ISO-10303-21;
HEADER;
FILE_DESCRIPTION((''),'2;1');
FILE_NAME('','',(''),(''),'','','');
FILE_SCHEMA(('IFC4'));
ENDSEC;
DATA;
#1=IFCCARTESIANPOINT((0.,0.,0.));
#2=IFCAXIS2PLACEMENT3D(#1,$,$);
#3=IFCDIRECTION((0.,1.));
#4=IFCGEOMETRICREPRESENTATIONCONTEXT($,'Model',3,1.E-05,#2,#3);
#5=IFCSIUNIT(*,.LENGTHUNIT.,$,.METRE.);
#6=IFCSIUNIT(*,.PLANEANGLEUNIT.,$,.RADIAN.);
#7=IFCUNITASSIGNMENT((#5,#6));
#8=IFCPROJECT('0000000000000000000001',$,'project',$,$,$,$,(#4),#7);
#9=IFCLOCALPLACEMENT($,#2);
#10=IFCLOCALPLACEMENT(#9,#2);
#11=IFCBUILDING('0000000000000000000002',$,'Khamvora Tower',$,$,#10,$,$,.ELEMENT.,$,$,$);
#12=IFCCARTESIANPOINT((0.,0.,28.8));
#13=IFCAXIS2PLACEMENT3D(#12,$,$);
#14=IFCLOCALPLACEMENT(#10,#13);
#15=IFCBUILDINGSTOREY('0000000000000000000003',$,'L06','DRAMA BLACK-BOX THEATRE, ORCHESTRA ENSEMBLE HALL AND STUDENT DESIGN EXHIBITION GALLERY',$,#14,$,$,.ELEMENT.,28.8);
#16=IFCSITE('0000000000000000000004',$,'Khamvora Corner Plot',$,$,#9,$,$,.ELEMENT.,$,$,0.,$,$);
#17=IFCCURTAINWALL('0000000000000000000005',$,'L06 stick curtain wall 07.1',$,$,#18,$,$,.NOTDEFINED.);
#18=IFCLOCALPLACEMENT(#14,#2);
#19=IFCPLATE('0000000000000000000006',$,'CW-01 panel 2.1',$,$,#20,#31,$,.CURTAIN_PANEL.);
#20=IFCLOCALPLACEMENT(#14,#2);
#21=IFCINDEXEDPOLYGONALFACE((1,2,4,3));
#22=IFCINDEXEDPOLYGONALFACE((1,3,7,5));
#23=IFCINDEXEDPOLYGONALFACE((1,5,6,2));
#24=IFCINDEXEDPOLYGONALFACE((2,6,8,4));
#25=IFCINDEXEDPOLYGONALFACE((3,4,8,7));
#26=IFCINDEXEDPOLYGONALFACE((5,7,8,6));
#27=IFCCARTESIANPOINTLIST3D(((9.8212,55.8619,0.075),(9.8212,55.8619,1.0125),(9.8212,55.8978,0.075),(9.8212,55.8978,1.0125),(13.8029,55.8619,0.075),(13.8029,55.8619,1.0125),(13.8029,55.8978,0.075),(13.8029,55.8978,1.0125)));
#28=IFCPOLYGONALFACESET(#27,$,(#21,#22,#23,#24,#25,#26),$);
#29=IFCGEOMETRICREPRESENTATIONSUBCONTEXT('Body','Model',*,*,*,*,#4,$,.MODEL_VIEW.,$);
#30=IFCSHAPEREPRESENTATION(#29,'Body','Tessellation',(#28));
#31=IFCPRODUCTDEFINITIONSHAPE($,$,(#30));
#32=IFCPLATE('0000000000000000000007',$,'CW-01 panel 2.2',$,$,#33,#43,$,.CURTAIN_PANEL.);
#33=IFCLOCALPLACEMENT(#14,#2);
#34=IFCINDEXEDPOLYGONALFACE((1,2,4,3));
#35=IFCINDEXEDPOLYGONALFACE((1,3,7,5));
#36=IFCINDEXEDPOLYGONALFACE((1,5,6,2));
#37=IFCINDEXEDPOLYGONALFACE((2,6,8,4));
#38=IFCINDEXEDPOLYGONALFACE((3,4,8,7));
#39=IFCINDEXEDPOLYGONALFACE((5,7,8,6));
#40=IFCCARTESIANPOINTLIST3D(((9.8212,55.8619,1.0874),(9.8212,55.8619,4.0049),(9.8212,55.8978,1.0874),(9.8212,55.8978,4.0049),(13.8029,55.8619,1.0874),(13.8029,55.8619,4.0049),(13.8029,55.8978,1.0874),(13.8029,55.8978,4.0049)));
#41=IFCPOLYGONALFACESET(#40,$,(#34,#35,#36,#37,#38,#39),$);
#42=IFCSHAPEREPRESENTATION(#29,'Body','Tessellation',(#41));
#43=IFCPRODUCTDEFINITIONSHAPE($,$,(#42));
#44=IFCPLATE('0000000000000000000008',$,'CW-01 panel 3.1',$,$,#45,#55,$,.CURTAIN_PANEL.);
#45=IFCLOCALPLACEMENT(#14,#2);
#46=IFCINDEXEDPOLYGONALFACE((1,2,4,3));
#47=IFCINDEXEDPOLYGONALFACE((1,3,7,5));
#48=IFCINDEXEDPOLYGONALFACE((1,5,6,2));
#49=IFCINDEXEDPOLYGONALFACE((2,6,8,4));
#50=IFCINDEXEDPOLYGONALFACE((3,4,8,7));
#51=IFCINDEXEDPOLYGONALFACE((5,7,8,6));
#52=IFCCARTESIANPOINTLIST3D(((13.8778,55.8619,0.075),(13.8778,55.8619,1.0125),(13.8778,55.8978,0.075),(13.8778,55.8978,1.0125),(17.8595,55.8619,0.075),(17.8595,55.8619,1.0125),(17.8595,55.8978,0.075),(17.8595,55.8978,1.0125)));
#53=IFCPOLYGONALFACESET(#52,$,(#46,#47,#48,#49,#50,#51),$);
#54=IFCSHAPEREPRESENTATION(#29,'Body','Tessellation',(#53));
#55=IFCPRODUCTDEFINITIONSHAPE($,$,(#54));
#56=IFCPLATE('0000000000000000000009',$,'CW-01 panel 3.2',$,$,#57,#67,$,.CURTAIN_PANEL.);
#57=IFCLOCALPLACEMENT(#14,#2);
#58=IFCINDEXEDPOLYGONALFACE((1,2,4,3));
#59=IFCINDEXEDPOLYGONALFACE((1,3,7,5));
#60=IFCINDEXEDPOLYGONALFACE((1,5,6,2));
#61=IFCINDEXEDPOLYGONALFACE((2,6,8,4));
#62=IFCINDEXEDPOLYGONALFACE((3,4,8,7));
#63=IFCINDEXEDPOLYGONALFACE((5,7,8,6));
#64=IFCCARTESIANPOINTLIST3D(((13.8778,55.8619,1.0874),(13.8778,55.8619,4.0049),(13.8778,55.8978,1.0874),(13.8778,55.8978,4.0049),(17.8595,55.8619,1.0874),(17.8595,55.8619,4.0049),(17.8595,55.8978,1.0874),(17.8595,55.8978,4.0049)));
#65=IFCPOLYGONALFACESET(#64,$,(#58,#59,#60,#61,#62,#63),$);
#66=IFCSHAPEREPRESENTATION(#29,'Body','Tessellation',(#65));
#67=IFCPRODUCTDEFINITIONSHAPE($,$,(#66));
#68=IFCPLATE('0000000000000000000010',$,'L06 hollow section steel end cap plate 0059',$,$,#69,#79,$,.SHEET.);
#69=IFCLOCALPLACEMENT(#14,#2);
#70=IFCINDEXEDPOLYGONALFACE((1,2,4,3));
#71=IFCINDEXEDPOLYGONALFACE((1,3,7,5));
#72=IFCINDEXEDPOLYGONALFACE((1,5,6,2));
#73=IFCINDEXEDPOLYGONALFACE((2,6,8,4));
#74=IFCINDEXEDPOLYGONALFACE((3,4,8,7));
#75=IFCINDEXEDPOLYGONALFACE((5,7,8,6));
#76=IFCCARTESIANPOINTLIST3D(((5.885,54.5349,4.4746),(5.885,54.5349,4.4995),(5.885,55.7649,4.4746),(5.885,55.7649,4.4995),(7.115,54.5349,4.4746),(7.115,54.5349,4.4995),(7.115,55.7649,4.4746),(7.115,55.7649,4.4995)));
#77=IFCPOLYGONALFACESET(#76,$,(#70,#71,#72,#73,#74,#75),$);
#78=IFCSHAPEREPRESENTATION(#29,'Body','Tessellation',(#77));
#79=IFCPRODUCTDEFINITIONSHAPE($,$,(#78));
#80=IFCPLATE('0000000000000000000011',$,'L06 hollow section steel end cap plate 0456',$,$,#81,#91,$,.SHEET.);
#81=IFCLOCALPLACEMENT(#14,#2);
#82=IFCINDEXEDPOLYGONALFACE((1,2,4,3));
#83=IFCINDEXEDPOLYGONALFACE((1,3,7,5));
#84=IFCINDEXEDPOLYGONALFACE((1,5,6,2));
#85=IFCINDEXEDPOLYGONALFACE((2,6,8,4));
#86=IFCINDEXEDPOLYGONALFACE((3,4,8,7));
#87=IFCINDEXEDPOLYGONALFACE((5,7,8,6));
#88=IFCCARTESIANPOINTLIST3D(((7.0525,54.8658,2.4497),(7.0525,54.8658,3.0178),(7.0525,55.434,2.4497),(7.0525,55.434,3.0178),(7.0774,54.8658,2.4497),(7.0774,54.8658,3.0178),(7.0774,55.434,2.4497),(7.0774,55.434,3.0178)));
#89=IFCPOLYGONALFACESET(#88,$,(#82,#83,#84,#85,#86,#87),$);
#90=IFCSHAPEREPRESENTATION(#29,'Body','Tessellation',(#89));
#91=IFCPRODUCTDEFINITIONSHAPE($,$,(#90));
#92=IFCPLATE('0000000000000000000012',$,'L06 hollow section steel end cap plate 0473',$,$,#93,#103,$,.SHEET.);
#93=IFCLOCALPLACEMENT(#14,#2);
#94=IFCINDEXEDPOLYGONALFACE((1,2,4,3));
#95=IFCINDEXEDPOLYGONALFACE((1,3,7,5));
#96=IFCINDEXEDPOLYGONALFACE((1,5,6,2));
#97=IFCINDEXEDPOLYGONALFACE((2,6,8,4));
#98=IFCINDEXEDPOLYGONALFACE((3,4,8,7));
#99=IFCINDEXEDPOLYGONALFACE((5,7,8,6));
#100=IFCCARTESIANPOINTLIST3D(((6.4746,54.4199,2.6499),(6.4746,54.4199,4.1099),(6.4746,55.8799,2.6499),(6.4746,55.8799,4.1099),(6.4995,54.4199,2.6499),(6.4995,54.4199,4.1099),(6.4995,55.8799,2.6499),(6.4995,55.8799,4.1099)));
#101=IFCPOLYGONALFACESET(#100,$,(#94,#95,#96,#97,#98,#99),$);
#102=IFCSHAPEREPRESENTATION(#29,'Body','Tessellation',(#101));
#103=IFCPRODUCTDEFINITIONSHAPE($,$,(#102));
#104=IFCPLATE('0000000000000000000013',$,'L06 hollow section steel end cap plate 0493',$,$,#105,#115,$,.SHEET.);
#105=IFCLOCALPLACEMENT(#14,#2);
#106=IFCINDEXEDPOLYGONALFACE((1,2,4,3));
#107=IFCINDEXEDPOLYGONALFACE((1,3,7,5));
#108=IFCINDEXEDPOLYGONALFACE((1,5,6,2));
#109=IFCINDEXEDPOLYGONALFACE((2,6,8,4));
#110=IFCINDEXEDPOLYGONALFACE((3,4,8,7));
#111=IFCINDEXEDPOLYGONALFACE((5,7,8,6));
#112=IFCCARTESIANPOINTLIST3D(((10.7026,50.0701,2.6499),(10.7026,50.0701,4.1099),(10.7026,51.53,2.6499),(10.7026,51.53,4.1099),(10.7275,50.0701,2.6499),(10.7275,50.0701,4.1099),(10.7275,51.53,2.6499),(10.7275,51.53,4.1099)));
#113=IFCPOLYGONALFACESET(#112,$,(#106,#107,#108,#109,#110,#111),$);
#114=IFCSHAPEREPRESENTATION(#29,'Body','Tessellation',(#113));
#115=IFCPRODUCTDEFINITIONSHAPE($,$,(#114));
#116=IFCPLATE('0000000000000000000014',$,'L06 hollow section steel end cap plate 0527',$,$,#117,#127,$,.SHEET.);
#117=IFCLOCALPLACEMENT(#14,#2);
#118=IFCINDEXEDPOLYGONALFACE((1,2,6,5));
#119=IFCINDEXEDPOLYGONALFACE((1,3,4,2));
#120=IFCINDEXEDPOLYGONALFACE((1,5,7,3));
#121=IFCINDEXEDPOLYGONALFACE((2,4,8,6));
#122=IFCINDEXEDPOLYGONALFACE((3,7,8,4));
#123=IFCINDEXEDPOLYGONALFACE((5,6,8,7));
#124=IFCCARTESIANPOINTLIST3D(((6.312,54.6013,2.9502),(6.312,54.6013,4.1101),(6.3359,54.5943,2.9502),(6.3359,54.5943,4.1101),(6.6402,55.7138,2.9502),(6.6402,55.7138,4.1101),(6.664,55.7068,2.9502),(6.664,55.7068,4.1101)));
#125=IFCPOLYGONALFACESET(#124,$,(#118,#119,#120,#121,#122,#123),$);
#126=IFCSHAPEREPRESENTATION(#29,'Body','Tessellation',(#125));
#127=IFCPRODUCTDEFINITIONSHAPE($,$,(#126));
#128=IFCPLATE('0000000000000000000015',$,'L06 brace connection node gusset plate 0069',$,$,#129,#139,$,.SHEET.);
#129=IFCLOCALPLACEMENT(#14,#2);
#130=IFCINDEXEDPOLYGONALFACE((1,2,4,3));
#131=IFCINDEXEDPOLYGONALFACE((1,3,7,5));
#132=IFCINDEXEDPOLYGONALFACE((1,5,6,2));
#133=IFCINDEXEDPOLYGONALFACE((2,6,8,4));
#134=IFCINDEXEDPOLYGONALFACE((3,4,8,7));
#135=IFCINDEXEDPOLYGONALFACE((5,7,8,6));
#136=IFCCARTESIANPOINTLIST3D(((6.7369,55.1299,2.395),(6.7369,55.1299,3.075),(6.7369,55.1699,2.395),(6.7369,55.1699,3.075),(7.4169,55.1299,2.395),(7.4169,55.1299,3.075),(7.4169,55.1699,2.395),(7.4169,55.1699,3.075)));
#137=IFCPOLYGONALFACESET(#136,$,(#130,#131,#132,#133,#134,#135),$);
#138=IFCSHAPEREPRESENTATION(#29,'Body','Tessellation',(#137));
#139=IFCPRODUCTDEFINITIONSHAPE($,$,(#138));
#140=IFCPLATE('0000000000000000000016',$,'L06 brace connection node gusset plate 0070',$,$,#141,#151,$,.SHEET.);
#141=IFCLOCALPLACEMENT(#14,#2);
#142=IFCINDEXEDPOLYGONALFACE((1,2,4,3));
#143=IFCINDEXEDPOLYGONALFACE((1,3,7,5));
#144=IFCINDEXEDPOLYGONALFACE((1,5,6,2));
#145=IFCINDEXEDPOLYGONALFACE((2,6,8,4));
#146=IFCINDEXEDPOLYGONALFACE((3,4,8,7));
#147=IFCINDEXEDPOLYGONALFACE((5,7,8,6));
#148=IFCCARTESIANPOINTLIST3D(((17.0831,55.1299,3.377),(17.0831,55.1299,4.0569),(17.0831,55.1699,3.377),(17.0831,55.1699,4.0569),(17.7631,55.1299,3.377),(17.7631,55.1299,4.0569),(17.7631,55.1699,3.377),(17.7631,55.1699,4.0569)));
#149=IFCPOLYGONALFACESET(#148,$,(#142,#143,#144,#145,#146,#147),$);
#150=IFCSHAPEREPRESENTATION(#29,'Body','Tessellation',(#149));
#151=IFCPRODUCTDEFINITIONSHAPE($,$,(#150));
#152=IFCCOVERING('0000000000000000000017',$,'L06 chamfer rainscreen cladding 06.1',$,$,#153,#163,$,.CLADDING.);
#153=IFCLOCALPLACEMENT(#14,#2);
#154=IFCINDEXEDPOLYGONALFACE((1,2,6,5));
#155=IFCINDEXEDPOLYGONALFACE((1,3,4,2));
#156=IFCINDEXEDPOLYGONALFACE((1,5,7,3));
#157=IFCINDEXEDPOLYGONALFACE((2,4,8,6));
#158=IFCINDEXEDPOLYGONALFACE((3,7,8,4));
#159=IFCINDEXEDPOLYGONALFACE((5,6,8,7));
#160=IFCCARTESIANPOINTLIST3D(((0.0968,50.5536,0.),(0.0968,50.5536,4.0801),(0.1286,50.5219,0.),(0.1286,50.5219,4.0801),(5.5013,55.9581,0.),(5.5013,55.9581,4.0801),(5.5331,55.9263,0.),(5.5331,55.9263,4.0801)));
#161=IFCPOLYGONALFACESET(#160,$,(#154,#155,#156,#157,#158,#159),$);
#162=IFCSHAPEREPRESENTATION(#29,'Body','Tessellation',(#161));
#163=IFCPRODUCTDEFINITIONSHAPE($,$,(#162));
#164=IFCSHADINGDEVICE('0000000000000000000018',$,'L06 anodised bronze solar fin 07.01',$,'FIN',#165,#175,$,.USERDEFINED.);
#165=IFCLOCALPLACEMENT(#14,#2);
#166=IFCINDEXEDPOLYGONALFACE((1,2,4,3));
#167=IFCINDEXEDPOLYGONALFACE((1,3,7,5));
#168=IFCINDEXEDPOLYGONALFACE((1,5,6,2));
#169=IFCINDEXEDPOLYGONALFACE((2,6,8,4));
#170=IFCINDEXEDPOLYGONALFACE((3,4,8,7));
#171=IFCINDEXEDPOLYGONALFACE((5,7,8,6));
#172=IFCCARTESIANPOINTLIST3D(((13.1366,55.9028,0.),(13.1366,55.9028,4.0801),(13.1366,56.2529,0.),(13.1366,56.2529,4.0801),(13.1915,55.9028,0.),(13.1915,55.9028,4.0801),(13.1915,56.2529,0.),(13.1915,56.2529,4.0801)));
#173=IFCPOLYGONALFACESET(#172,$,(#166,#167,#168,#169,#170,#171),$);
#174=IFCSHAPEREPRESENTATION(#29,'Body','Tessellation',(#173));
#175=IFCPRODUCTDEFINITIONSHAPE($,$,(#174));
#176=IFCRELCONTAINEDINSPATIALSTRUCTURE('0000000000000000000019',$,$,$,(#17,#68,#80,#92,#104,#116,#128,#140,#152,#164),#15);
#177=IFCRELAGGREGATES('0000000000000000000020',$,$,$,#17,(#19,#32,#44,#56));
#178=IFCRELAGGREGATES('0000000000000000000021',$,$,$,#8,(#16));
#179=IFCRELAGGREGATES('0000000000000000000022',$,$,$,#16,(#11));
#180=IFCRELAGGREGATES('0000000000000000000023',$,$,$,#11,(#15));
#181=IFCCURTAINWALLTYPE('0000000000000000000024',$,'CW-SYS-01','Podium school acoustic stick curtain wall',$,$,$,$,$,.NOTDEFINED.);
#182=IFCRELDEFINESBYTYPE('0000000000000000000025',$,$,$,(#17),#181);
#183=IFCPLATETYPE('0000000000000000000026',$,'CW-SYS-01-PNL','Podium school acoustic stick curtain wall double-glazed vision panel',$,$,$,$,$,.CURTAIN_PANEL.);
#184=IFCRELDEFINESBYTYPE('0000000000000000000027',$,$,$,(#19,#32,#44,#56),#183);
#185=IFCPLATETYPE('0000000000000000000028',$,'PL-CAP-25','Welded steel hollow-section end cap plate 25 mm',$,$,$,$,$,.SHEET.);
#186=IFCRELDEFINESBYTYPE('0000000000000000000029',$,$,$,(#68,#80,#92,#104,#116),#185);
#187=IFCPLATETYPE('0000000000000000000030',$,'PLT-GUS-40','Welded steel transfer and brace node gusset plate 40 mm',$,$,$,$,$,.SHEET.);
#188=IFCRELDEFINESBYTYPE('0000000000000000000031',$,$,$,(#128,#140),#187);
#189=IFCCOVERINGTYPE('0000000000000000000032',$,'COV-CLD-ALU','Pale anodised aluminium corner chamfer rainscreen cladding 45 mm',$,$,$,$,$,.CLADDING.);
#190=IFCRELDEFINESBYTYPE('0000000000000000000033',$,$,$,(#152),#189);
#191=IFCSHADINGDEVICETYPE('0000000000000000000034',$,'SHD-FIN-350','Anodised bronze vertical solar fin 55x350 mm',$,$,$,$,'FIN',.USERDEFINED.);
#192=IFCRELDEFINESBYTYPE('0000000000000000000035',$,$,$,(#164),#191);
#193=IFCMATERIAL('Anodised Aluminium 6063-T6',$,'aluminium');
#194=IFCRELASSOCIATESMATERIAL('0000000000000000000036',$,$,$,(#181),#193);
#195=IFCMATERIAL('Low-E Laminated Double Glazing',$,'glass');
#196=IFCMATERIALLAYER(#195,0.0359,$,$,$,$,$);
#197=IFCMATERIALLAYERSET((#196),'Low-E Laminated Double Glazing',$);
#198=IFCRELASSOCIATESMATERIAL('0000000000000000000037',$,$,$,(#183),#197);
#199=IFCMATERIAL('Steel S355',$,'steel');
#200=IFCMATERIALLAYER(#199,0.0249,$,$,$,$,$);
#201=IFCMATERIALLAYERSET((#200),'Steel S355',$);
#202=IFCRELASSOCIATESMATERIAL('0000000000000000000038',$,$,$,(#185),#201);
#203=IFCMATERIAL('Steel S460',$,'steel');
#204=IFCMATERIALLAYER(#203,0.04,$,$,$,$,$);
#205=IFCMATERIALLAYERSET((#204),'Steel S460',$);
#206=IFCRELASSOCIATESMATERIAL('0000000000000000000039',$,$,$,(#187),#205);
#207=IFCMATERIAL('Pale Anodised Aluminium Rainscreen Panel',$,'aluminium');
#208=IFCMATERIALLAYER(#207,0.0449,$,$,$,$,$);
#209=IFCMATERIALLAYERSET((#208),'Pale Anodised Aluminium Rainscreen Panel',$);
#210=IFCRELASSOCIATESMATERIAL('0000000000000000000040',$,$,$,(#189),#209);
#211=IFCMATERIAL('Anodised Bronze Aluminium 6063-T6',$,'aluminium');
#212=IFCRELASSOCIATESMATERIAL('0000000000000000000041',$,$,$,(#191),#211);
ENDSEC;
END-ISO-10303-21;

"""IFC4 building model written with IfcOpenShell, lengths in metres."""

from ifc_helpers import new_model, si_unit, direction, frame, origin, origin_2d, place, context, subcontext, project, spatial, rectangle, extrude, material, layer, layer_set, type_object, element, aggregate, save


model = new_model("IFC4")

# Units and contexts
model_context = context("Model", 3, precision=1e-05, world=origin(), true_north=direction((0.0, 1.0)))
body_context = subcontext(model_context, "Body", "Model", "MODEL_VIEW")
ifc_project = project(units=[si_unit("LENGTHUNIT", "METRE"), si_unit("PLANEANGLEUNIT", "RADIAN")], contexts=[model_context])

# Site, building, storey
site_placement = place(None, origin())
site = spatial("IfcSite", under=ifc_project, at=site_placement, Name="Khamvora Corner Plot", CompositionType="ELEMENT", RefElevation=0.0)
building_placement = place(site_placement, origin())
building = spatial("IfcBuilding", under=site, at=building_placement, Name="Khamvora Tower", CompositionType="ELEMENT")
storey_placement = place(building_placement, frame((0.0, 0.0, 28.8)))
storey = spatial("IfcBuildingStorey", under=building, at=storey_placement, Name="L06", Description="DRAMA BLACK-BOX THEATRE, ORCHESTRA ENSEMBLE HALL AND STUDENT DESIGN EXHIBITION GALLERY", CompositionType="ELEMENT", Elevation=28.8)

# Shared definitions
ifc_material_1 = material(Name="Steel S460", Category="steel")

# Curtain wall
ifc_material_2 = material(Name="Anodised Aluminium 6063-T6", Category="aluminium")
curtain_wall_type = type_object("IfcCurtainWallType", Name="CW-SYS-01", Description="Podium school acoustic stick curtain wall", PredefinedType="NOTDEFINED", material=ifc_material_2)
curtain_wall_placement = place(storey_placement, origin())
curtain_wall = element("IfcCurtainWall", 1, at=curtain_wall_placement, inside=storey, type_object=curtain_wall_type, Name="L06 stick curtain wall 07.1", PredefinedType="NOTDEFINED")

# Plates
ifc_material_3 = material(Name="Low-E Laminated Double Glazing", Category="glass")
ifc_layer_1 = layer(ifc_material_3, 0.0359)
ifc_layer_set_1 = layer_set([ifc_layer_1], Name="Low-E Laminated Double Glazing")
plate_type_1 = type_object("IfcPlateType", Name="CW-SYS-01-PNL", Description="Podium school acoustic stick curtain wall double-glazed vision panel", PredefinedType="CURTAIN_PANEL", material=ifc_layer_set_1)
plate_1_placement = place(storey_placement, frame((11.812, 55.8799, 0.075), z_axis=(0.0, 0.0, 1.0), x_axis=(1.0, 0.0, 0.0)))
plate_1 = element("IfcPlate", 2, at=plate_1_placement, type_object=plate_type_1, Name="CW-01 panel 2.1", PredefinedType="CURTAIN_PANEL", context=body_context, shape_type="SweptSolid", body=[
    extrude(rectangle(XDim=3.9817, YDim=0.0359, at=origin_2d()), origin(), (0.0, 0.0, 1.0), 0.9375),
])
plate_2_placement = place(storey_placement, frame((11.812, 55.8799, 1.0874), z_axis=(0.0, 0.0, 1.0), x_axis=(1.0, 0.0, 0.0)))
plate_2 = element("IfcPlate", 3, at=plate_2_placement, type_object=plate_type_1, Name="CW-01 panel 2.2", PredefinedType="CURTAIN_PANEL", context=body_context, shape_type="SweptSolid", body=[
    extrude(rectangle(XDim=3.9817, YDim=0.0359, at=origin_2d()), origin(), (0.0, 0.0, 1.0), 2.9175),
])
plate_3_placement = place(storey_placement, frame((15.8687, 55.8799, 0.075), z_axis=(0.0, 0.0, 1.0), x_axis=(1.0, 0.0, 0.0)))
plate_3 = element("IfcPlate", 4, at=plate_3_placement, type_object=plate_type_1, Name="CW-01 panel 3.1", PredefinedType="CURTAIN_PANEL", context=body_context, shape_type="SweptSolid", body=[
    extrude(rectangle(XDim=3.9817, YDim=0.0359, at=origin_2d()), origin(), (0.0, 0.0, 1.0), 0.9375),
])
plate_4_placement = place(storey_placement, frame((15.8687, 55.8799, 1.0874), z_axis=(0.0, 0.0, 1.0), x_axis=(1.0, 0.0, 0.0)))
plate_4 = element("IfcPlate", 5, at=plate_4_placement, type_object=plate_type_1, Name="CW-01 panel 3.2", PredefinedType="CURTAIN_PANEL", context=body_context, shape_type="SweptSolid", body=[
    extrude(rectangle(XDim=3.9817, YDim=0.0359, at=origin_2d()), origin(), (0.0, 0.0, 1.0), 2.9175),
])
aggregate(curtain_wall, [plate_1, plate_2, plate_3, plate_4])

# Plates
ifc_material_4 = material(Name="Steel S355", Category="steel")
ifc_layer_2 = layer(ifc_material_4, 0.0249)
ifc_layer_set_2 = layer_set([ifc_layer_2], Name="Steel S355")
plate_type_2 = type_object("IfcPlateType", Name="PL-CAP-25", Description="Welded steel hollow-section end cap plate 25 mm", PredefinedType="SHEET", material=ifc_layer_set_2)
plate_5_placement = place(storey_placement, frame((6.5, 55.1499, 4.4746), z_axis=(0.0, 0.0, 1.0), x_axis=(1.0, 0.0, 0.0)))
element("IfcPlate", 6, at=plate_5_placement, inside=storey, type_object=plate_type_2, Name="L06 hollow section steel end cap plate 0059", PredefinedType="SHEET", context=body_context, shape_type="SweptSolid", body=[
    extrude(rectangle(XDim=1.23, YDim=1.23, at=origin_2d()), origin(), (0.0, 0.0, 1.0), 0.0249),
])
plate_6_placement = place(storey_placement, frame((7.0649, 55.1499, 2.4497), z_axis=(0.0, 0.0, 1.0), x_axis=(1.0, 0.0, 0.0)))
element("IfcPlate", 7, at=plate_6_placement, inside=storey, type_object=plate_type_2, Name="L06 hollow section steel end cap plate 0456", PredefinedType="SHEET", context=body_context, shape_type="SweptSolid", body=[
    extrude(rectangle(XDim=0.0249, YDim=0.5681, at=origin_2d()), origin(), (0.0, 0.0, 1.0), 0.5681),
])
for number, where, z_axis, x_axis, name in (
    (8, (6.4871, 55.1499, 2.6499), (0.0, 0.0, 1.0), (-1.0, 0.0, 0.0), "L06 hollow section steel end cap plate 0473"),
    (9, (10.7151, 50.8, 2.6499), (0.0, 0.0, 1.0), (1.0, 0.0, 0.0), "L06 hollow section steel end cap plate 0493"),
):
    element("IfcPlate", number, at=place(storey_placement, frame(where, z_axis=z_axis, x_axis=x_axis)), inside=storey, type_object=plate_type_2, Name=name, PredefinedType="SHEET", context=body_context, shape_type="SweptSolid", body=[
        extrude(rectangle(XDim=0.0249, YDim=1.46, at=origin_2d()), origin(), (0.0, 0.0, 1.0), 1.46),
    ])
plate_7_placement = place(storey_placement, frame((6.488, 55.1541, 2.9502), z_axis=(0.0, 0.0, 1.0), x_axis=(0.959156, -0.282877, 0.0)))
element("IfcPlate", 10, at=plate_7_placement, inside=storey, type_object=plate_type_2, Name="L06 hollow section steel end cap plate 0527", PredefinedType="SHEET", context=body_context, shape_type="SweptSolid", body=[
    extrude(rectangle(XDim=0.0249, YDim=1.1599, at=origin_2d()), origin(), (0.0, 0.0, 1.0), 1.1599),
])
ifc_layer_3 = layer(ifc_material_1, 0.04)
ifc_layer_set_3 = layer_set([ifc_layer_3], Name="Steel S460")
plate_type_3 = type_object("IfcPlateType", Name="PLT-GUS-40", Description="Welded steel transfer and brace node gusset plate 40 mm", PredefinedType="SHEET", material=ifc_layer_set_3)
for number, where, z_axis, x_axis, name in (
    (11, (7.0769, 55.1499, 2.395), (0.0, 0.0, 1.0), (1.0, 0.0, 0.0), "L06 brace connection node gusset plate 0069"),
    (12, (17.4231, 55.1499, 3.377), (0.0, 0.0, 1.0), (1.0, 0.0, 0.0), "L06 brace connection node gusset plate 0070"),
):
    element("IfcPlate", number, at=place(storey_placement, frame(where, z_axis=z_axis, x_axis=x_axis)), inside=storey, type_object=plate_type_3, Name=name, PredefinedType="SHEET", context=body_context, shape_type="SweptSolid", body=[
        extrude(rectangle(XDim=0.6799, YDim=0.04, at=origin_2d()), origin(), (0.0, 0.0, 1.0), 0.6799),
    ])

# Covering
ifc_material_5 = material(Name="Pale Anodised Aluminium Rainscreen Panel", Category="aluminium")
ifc_layer_4 = layer(ifc_material_5, 0.0449)
ifc_layer_set_4 = layer_set([ifc_layer_4], Name="Pale Anodised Aluminium Rainscreen Panel")
covering_type = type_object("IfcCoveringType", Name="COV-CLD-ALU", Description="Pale anodised aluminium corner chamfer rainscreen cladding 45 mm", PredefinedType="CLADDING", material=ifc_layer_set_4)
covering_placement = place(storey_placement, frame((2.8149, 53.24, 0.0), z_axis=(0.0, 0.0, 1.0), x_axis=(0.707107, 0.707107, 0.0)))
element("IfcCovering", 13, at=covering_placement, inside=storey, type_object=covering_type, Name="L06 chamfer rainscreen cladding 06.1", PredefinedType="CLADDING", context=body_context, shape_type="SweptSolid", body=[
    extrude(rectangle(XDim=7.6431, YDim=0.0449, at=origin_2d()), origin(), (0.0, 0.0, 1.0), 4.0801),
])

# Shading device
ifc_material_6 = material(Name="Anodised Bronze Aluminium 6063-T6", Category="aluminium")
shading_device_type = type_object("IfcShadingDeviceType", Name="SHD-FIN-350", Description="Anodised bronze vertical solar fin 55x350 mm", ElementType="FIN", PredefinedType="USERDEFINED", material=ifc_material_6)
shading_device_placement = place(storey_placement, frame((13.1641, 56.0779, 0.0), z_axis=(0.0, 0.0, 1.0), x_axis=(1.0, 0.0, 0.0)))
element("IfcShadingDevice", 14, at=shading_device_placement, inside=storey, type_object=shading_device_type, Name="L06 anodised bronze solar fin 07.01", ObjectType="FIN", PredefinedType="USERDEFINED", context=body_context, shape_type="SweptSolid", body=[
    extrude(rectangle(XDim=0.0549, YDim=0.3501, at=origin_2d()), origin(), (0.0, 0.0, 1.0), 4.0801),
])

save(model, "model.ifc")
